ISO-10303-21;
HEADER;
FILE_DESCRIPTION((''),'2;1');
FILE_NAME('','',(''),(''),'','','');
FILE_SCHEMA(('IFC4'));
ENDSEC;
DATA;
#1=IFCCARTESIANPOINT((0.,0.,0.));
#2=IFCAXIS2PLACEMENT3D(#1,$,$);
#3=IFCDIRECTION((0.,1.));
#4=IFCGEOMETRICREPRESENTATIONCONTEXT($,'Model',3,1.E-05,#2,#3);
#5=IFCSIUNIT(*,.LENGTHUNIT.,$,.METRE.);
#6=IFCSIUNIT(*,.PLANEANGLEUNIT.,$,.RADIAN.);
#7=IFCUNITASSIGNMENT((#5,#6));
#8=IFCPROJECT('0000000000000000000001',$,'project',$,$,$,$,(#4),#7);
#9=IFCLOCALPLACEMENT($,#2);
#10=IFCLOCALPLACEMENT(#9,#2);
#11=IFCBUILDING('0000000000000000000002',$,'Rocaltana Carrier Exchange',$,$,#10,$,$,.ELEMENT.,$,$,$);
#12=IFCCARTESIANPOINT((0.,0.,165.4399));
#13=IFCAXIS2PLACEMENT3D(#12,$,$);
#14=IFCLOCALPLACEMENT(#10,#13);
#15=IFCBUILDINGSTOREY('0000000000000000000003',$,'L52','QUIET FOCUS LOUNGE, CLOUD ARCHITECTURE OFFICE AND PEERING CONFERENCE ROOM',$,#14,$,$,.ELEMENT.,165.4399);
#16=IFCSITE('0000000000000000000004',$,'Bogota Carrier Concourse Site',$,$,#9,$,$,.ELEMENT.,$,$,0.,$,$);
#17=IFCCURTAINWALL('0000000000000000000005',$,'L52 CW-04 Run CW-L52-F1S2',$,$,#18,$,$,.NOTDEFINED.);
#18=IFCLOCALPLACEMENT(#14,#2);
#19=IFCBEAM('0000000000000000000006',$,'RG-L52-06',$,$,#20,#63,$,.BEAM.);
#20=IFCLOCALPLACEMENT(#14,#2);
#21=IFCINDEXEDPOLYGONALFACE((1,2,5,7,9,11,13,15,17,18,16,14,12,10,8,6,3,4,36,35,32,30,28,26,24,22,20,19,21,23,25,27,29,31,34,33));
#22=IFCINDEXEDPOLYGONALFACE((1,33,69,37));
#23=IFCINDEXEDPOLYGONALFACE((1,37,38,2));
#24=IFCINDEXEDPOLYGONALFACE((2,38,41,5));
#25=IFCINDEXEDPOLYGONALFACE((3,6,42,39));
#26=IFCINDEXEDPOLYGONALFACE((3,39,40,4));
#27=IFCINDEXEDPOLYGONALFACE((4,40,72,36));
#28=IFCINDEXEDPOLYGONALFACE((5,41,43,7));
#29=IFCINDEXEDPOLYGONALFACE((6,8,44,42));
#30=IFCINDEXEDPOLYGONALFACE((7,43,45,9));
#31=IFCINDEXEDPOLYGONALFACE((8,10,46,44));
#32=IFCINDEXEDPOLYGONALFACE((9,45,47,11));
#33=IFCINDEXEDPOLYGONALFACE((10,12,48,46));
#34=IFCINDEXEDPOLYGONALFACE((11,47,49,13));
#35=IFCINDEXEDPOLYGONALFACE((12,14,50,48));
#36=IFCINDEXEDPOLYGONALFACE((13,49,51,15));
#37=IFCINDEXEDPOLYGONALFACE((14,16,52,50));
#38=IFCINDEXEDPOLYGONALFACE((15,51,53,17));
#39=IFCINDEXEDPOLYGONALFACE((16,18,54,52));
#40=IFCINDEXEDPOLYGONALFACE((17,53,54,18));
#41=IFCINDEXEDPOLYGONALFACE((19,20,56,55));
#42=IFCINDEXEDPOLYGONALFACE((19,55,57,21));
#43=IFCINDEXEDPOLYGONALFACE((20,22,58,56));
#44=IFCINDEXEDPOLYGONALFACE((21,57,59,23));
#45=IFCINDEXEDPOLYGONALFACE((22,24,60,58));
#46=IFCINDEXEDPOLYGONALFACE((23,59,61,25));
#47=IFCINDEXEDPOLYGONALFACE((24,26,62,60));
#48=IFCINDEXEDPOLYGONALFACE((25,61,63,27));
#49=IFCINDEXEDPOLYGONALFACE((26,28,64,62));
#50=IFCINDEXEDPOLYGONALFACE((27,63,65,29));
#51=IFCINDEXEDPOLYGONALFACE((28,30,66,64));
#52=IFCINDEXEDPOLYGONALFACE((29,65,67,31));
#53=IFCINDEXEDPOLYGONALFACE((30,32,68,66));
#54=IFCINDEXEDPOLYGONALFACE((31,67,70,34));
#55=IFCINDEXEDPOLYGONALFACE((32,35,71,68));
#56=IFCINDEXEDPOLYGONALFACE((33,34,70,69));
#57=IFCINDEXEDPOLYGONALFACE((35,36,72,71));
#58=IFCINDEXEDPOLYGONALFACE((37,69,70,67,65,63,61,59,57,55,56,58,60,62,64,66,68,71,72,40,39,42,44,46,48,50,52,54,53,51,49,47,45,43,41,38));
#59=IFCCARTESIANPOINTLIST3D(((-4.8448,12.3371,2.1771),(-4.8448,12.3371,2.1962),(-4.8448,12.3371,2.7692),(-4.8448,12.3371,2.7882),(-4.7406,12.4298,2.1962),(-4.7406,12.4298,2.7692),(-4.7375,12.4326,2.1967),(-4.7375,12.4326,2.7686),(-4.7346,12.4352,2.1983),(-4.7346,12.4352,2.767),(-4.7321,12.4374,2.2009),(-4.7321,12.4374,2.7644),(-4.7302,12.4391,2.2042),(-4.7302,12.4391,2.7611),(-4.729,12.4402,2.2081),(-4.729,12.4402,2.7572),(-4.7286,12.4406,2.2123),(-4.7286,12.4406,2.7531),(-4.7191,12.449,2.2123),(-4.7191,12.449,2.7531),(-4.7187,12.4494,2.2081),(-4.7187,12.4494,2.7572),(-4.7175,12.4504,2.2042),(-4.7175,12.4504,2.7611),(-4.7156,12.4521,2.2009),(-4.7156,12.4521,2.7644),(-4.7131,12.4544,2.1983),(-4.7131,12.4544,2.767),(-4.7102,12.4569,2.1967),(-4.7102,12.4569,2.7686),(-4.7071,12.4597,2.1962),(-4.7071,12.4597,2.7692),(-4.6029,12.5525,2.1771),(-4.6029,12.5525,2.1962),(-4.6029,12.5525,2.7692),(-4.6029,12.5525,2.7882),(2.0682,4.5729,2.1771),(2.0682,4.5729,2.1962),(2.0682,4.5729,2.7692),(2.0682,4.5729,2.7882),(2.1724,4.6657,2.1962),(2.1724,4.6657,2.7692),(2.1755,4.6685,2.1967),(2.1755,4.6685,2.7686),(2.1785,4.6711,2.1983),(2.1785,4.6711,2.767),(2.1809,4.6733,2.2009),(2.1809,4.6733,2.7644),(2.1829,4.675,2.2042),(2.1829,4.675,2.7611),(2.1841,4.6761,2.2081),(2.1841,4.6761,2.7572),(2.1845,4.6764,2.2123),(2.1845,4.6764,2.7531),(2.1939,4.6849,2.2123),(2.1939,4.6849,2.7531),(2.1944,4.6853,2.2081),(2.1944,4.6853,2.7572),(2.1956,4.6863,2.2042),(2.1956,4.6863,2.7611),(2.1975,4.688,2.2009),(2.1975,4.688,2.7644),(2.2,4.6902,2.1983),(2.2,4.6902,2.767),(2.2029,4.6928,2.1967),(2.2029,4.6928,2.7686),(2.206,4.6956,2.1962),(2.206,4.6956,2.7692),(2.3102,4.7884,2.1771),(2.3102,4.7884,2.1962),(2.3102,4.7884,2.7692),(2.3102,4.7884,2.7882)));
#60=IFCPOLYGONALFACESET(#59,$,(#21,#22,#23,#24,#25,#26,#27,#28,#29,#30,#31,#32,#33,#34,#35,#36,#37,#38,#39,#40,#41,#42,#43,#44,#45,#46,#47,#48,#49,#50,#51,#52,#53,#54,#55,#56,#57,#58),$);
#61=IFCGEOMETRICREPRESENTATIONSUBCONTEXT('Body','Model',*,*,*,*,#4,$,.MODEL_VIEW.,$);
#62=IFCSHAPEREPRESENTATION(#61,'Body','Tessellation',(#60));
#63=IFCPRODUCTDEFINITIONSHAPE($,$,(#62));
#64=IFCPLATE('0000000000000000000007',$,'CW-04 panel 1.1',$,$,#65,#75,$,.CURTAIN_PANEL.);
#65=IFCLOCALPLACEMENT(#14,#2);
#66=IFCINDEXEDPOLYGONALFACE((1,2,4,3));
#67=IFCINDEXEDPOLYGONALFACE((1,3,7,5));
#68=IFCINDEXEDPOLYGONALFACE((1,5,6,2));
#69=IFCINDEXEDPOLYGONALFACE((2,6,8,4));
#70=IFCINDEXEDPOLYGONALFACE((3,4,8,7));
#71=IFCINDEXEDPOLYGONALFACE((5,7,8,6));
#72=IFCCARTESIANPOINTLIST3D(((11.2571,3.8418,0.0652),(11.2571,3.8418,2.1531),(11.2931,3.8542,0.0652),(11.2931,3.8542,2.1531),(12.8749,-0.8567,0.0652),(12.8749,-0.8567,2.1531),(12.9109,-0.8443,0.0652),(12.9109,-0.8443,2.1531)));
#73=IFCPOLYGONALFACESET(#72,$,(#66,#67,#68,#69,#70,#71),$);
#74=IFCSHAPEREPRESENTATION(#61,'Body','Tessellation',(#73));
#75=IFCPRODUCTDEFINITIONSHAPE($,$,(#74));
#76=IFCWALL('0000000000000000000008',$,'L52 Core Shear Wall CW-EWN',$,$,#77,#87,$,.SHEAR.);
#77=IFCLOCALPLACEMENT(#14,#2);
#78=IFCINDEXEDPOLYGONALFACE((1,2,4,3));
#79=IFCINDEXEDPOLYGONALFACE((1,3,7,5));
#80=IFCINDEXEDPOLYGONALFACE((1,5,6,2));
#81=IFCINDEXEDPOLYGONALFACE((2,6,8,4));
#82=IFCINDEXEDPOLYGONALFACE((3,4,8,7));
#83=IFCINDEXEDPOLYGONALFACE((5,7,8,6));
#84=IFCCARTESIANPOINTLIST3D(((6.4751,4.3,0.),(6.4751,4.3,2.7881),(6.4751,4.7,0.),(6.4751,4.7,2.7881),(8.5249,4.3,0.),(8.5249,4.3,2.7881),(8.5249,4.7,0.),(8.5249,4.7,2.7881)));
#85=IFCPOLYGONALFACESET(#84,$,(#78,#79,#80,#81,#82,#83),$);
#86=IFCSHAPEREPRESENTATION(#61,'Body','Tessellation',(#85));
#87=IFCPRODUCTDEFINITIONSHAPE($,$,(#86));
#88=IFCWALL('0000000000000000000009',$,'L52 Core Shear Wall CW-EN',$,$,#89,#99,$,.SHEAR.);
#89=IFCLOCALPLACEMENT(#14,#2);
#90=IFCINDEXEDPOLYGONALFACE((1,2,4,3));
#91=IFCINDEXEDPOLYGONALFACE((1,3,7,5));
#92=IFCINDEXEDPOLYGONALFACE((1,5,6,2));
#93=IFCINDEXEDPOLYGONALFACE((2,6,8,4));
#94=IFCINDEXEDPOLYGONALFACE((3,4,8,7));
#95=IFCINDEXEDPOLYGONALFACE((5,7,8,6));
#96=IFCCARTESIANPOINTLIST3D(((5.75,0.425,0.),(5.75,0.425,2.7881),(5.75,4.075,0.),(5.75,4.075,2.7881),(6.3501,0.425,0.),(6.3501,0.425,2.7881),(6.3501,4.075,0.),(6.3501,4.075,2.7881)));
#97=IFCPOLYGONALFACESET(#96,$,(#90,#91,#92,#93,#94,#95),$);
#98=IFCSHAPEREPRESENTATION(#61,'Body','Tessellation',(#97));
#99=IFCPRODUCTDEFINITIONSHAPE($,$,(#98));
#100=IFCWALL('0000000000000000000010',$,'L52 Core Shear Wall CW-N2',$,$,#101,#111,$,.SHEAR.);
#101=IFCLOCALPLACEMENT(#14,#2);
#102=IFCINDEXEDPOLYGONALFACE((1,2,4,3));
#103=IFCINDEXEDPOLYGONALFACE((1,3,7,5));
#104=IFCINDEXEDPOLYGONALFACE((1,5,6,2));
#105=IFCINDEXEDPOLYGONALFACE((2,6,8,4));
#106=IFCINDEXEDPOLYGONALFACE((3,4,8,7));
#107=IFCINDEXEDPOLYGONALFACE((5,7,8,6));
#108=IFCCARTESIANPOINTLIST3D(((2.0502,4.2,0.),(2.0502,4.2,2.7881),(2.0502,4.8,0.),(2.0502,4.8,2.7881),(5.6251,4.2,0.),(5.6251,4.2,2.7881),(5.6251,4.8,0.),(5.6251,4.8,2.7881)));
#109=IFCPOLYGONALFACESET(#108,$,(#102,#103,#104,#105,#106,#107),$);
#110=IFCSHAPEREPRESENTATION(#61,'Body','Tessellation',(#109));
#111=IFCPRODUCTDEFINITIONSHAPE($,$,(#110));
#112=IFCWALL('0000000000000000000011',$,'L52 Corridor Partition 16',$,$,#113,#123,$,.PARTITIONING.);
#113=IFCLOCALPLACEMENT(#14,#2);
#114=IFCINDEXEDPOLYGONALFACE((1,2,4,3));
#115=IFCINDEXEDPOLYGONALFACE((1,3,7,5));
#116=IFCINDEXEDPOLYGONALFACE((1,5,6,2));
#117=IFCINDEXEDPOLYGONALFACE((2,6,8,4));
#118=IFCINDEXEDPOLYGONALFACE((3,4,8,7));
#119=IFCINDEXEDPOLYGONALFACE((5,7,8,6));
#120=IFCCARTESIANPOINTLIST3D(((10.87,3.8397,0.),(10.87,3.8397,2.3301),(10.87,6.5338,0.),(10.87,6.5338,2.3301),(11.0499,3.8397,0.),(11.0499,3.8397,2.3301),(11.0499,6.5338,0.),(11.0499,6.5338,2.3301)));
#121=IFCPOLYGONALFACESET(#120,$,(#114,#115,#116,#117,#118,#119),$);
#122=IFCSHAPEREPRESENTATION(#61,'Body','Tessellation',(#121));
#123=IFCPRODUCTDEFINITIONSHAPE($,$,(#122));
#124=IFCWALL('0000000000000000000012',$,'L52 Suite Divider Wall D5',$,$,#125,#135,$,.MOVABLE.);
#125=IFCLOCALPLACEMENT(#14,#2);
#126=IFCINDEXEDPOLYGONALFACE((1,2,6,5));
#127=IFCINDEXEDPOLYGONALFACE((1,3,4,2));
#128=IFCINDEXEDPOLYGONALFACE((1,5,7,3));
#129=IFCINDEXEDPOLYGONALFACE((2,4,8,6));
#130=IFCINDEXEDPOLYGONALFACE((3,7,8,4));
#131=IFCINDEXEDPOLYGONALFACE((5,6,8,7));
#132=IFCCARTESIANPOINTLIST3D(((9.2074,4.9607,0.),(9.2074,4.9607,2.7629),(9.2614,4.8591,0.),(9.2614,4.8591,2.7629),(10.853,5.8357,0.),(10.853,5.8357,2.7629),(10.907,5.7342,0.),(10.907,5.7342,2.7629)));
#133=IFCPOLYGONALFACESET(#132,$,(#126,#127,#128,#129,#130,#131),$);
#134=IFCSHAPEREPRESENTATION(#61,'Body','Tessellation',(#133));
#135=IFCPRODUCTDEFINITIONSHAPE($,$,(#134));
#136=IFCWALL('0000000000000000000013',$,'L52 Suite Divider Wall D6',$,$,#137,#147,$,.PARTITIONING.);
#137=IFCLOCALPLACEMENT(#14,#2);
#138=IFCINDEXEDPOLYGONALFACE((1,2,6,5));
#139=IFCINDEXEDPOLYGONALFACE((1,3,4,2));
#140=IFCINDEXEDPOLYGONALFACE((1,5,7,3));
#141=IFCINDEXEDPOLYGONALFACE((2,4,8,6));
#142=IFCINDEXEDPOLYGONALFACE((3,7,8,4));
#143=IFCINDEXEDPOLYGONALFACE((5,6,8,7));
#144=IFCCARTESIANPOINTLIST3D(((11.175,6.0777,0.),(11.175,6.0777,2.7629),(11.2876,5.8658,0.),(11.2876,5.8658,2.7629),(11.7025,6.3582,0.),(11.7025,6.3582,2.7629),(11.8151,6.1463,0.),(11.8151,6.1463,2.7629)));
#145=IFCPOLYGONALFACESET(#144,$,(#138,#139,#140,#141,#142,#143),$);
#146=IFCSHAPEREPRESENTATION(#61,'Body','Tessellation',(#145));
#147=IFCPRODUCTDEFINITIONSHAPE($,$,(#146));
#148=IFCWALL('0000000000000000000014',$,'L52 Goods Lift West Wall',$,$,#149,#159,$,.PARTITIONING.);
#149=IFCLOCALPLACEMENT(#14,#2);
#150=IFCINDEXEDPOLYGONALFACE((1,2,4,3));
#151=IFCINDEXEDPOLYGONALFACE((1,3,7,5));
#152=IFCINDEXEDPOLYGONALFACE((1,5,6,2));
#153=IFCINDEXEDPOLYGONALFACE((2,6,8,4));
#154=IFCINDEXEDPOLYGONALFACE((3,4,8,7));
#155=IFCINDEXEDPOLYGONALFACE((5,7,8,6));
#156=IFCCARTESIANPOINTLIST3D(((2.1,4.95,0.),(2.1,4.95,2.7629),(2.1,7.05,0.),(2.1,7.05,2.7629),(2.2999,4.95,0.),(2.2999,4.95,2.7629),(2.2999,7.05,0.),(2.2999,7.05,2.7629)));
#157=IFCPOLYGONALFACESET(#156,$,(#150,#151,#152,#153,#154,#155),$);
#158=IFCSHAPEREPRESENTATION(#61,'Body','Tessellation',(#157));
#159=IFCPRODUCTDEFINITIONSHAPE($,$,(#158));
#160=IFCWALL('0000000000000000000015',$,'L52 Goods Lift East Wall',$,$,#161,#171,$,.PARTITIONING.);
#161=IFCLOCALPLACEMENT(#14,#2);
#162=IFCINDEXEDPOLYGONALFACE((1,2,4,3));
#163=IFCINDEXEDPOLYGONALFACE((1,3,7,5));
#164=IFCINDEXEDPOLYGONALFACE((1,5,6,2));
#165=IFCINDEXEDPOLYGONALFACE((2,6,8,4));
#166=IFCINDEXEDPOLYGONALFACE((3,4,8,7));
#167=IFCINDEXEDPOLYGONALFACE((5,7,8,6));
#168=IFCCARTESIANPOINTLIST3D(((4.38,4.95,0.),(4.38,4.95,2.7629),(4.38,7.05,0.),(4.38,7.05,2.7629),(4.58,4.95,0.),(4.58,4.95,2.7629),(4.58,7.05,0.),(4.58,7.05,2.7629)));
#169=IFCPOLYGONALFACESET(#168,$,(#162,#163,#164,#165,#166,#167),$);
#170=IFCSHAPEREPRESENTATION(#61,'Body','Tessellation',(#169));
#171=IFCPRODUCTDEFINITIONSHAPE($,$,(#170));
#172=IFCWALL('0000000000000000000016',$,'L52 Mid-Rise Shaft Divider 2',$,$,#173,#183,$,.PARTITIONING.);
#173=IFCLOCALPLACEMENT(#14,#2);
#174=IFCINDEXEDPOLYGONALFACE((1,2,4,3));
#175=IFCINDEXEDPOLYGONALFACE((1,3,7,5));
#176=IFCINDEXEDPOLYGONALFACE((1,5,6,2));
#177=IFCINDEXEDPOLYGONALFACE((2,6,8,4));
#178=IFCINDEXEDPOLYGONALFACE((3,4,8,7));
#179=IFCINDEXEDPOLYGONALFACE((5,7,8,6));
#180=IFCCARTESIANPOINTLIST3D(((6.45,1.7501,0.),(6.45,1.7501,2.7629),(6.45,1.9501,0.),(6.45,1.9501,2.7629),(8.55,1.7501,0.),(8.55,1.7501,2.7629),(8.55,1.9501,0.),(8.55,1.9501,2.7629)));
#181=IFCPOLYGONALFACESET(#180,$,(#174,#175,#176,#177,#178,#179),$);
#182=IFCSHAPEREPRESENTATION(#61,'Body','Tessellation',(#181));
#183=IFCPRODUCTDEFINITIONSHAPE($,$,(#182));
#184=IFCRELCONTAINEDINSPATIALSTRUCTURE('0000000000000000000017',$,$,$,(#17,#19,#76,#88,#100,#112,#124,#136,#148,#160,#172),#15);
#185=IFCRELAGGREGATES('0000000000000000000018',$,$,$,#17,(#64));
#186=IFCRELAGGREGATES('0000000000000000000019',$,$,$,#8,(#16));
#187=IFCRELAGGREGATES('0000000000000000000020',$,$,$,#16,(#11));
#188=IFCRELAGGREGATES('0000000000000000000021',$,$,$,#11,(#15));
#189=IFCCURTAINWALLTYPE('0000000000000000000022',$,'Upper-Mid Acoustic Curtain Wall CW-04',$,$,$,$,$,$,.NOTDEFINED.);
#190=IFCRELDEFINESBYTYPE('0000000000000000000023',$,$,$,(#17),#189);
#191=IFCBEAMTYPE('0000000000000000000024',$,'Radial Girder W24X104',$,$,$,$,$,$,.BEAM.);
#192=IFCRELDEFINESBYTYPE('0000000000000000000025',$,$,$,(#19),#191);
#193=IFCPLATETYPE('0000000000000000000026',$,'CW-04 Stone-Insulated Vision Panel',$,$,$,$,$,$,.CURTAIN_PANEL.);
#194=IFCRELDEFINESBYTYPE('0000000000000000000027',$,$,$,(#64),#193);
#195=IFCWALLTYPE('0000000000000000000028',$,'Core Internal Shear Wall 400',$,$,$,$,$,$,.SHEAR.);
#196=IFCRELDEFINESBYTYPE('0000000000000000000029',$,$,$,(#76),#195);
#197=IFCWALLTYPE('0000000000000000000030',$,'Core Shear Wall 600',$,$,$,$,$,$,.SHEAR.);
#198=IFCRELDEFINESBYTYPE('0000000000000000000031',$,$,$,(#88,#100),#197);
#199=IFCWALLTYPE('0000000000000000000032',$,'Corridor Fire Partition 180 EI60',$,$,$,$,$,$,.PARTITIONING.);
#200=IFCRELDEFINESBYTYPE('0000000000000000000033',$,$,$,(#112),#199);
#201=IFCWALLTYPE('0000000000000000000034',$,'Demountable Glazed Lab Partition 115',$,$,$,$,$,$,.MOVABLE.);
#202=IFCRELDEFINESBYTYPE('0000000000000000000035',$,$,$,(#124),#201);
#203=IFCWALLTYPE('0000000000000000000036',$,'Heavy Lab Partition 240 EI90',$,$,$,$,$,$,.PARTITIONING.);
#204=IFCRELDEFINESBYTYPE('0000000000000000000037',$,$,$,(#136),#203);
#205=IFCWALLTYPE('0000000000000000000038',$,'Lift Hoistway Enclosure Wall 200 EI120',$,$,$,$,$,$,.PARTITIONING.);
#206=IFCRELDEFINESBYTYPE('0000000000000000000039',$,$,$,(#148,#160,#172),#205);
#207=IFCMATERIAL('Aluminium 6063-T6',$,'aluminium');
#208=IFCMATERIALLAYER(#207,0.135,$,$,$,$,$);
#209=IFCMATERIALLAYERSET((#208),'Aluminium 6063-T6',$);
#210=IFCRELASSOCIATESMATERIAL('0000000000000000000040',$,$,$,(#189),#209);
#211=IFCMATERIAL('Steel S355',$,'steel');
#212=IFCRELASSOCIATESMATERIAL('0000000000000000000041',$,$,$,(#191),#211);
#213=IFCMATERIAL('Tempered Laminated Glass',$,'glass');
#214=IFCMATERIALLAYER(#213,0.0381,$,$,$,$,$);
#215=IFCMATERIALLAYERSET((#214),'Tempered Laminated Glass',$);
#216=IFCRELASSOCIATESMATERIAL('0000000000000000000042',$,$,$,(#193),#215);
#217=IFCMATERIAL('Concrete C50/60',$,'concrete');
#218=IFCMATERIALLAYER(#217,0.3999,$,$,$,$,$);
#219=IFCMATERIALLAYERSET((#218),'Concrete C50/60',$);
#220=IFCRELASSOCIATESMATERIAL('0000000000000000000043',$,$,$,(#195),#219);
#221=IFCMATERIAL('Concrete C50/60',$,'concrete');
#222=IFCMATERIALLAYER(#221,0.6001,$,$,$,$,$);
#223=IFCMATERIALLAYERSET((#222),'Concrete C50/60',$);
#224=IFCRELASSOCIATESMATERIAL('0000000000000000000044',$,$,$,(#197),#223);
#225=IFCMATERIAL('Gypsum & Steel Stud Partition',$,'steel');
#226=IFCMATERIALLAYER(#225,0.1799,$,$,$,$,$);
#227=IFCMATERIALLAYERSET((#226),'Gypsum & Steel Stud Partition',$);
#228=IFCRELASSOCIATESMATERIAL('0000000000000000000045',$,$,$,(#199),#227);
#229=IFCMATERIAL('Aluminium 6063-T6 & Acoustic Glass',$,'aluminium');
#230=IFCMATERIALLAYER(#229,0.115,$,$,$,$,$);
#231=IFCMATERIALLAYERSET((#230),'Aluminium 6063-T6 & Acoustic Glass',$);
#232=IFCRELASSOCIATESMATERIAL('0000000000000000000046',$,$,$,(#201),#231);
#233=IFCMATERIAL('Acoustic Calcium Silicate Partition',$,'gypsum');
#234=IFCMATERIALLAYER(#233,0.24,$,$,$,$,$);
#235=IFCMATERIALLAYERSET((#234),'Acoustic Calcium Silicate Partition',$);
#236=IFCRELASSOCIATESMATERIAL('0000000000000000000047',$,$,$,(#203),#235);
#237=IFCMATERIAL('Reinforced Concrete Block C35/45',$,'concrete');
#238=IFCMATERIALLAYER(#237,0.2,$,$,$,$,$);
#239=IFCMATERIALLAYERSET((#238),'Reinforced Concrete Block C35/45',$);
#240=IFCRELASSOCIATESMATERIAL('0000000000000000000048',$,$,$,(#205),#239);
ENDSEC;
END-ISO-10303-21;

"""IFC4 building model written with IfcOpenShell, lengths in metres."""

from ifc_helpers import new_model, si_unit, direction, frame, frame_2d, origin, origin_2d, place, context, subcontext, project, spatial, rectangle, i_section, extrude, material, layer, layer_set, material_profile, profile_set, type_object, element, aggregate, save


model = new_model("IFC4")

# Units and contexts
model_context = context("Model", 3, precision=1e-05, world=origin(), true_north=direction((0.0, 1.0)))
body_context = subcontext(model_context, "Body", "Model", "MODEL_VIEW")
ifc_project = project(units=[si_unit("LENGTHUNIT", "METRE"), si_unit("PLANEANGLEUNIT", "RADIAN")], contexts=[model_context])

# Site, building, storey
site_placement = place(None, origin())
site = spatial("IfcSite", under=ifc_project, at=site_placement, Name="Bogota Carrier Concourse Site", CompositionType="ELEMENT", RefElevation=0.0)
building_placement = place(site_placement, origin())
building = spatial("IfcBuilding", under=site, at=building_placement, Name="Rocaltana Carrier Exchange", CompositionType="ELEMENT")
storey_placement = place(building_placement, frame((0.0, 0.0, 165.4399)))
storey = spatial("IfcBuildingStorey", under=building, at=storey_placement, Name="L52", Description="QUIET FOCUS LOUNGE, CLOUD ARCHITECTURE OFFICE AND PEERING CONFERENCE ROOM", CompositionType="ELEMENT", Elevation=165.4399)

# Curtain wall
ifc_material_1 = material(Name="Aluminium 6063-T6", Category="aluminium")
ifc_layer_1 = layer(ifc_material_1, 0.135)
ifc_layer_set_1 = layer_set([ifc_layer_1], Name="Aluminium 6063-T6")
curtain_wall_type = type_object("IfcCurtainWallType", Name="Upper-Mid Acoustic Curtain Wall CW-04", PredefinedType="NOTDEFINED", material=ifc_layer_set_1)
curtain_wall_placement = place(storey_placement, origin())
curtain_wall = element("IfcCurtainWall", 1, at=curtain_wall_placement, inside=storey, type_object=curtain_wall_type, Name="L52 CW-04 Run CW-L52-F1S2", PredefinedType="NOTDEFINED")

# Beam
ifc_material_2 = material(Name="Steel S355", Category="steel")
ifc_material_profile_1 = material_profile(ifc_material_2, i_section(OverallWidth=0.324, OverallDepth=0.6111, WebThickness=0.0127, FlangeThickness=0.019, FilletRadius=0.0161, at=origin_2d()), Name="W24X104")
ifc_profile_set_1 = profile_set([ifc_material_profile_1], Name="Steel S355")
beam_type_1 = type_object("IfcBeamType", Name="Radial Girder W24X104", PredefinedType="BEAM", material=ifc_profile_set_1)
beam_1_placement = place(storey_placement, frame((2.1892, 4.6807, 2.4827), z_axis=(-0.664987, 0.746854, 0.0), x_axis=(-0.746854, -0.664987, 0.0)))
element("IfcBeam", 2, at=beam_1_placement, inside=storey, type_object=beam_type_1, Name="RG-L52-06", PredefinedType="BEAM", context=body_context, shape_type="SweptSolid", body=[
    extrude(i_section(OverallWidth=0.324, OverallDepth=0.6111, WebThickness=0.0127, FlangeThickness=0.019, FilletRadius=0.0161, at=origin_2d()), origin(), (0.0, 0.0, 1.0), 10.3958),
])

# Plate
ifc_material_3 = material(Name="Tempered Laminated Glass", Category="glass")
ifc_layer_2 = layer(ifc_material_3, 0.0381)
ifc_layer_set_2 = layer_set([ifc_layer_2], Name="Tempered Laminated Glass")
plate_type = type_object("IfcPlateType", Name="CW-04 Stone-Insulated Vision Panel", PredefinedType="CURTAIN_PANEL", material=ifc_layer_set_2)
plate_placement = place(storey_placement, frame((12.084, 1.4988, 0.0652), z_axis=(0.0, 0.0, 1.0), x_axis=(-0.325562, 0.945521, 0.0)))
plate = element("IfcPlate", 3, at=plate_placement, type_object=plate_type, Name="CW-04 panel 1.1", PredefinedType="CURTAIN_PANEL", context=body_context, shape_type="SweptSolid", body=[
    extrude(rectangle(XDim=4.9692, YDim=0.0381, at=origin_2d()), origin(), (0.0, 0.0, 1.0), 2.0879),
])
aggregate(curtain_wall, [plate])

# Walls
ifc_material_4 = material(Name="Concrete C50/60", Category="concrete")
ifc_layer_3 = layer(ifc_material_4, 0.3999)
ifc_layer_set_3 = layer_set([ifc_layer_3], Name="Concrete C50/60")
wall_type_1 = type_object("IfcWallType", Name="Core Internal Shear Wall 400", PredefinedType="SHEAR", material=ifc_layer_set_3)
wall_1_placement = place(storey_placement, frame((6.4751, 4.5, 0.0), z_axis=(0.0, 0.0, 1.0), x_axis=(1.0, 0.0, 0.0)))
element("IfcWall", 4, at=wall_1_placement, inside=storey, type_object=wall_type_1, Name="L52 Core Shear Wall CW-EWN", PredefinedType="SHEAR", context=body_context, shape_type="SweptSolid", body=[
    extrude(rectangle(XDim=2.0498, YDim=0.3999, at=frame_2d((1.0249, 0.0))), origin(), (0.0, 0.0, 1.0), 2.7881),
])
ifc_material_5 = material(Name="Concrete C50/60", Category="concrete")
ifc_layer_4 = layer(ifc_material_5, 0.6001)
ifc_layer_set_4 = layer_set([ifc_layer_4], Name="Concrete C50/60")
wall_type_2 = type_object("IfcWallType", Name="Core Shear Wall 600", PredefinedType="SHEAR", material=ifc_layer_set_4)
wall_2_placement = place(storey_placement, frame((6.05, 0.425, 0.0), z_axis=(0.0, 0.0, 1.0), x_axis=(0.0, 1.0, 0.0)))
element("IfcWall", 5, at=wall_2_placement, inside=storey, type_object=wall_type_2, Name="L52 Core Shear Wall CW-EN", PredefinedType="SHEAR", context=body_context, shape_type="SweptSolid", body=[
    extrude(rectangle(XDim=3.6499, YDim=0.6001, at=frame_2d((1.825, 0.0))), origin(), (0.0, 0.0, 1.0), 2.7881),
])
wall_3_placement = place(storey_placement, frame((2.05, 4.5, 0.0), z_axis=(0.0, 0.0, 1.0), x_axis=(1.0, 0.0, 0.0)))
element("IfcWall", 6, at=wall_3_placement, inside=storey, type_object=wall_type_2, Name="L52 Core Shear Wall CW-N2", PredefinedType="SHEAR", context=body_context, shape_type="SweptSolid", body=[
    extrude(rectangle(XDim=3.575, YDim=0.6001, at=frame_2d((1.7876, 0.0))), origin(), (0.0, 0.0, 1.0), 2.7881),
])
ifc_material_6 = material(Name="Gypsum & Steel Stud Partition", Category="steel")
ifc_layer_5 = layer(ifc_material_6, 0.1799)
ifc_layer_set_5 = layer_set([ifc_layer_5], Name="Gypsum & Steel Stud Partition")
wall_type_3 = type_object("IfcWallType", Name="Corridor Fire Partition 180 EI60", PredefinedType="PARTITIONING", material=ifc_layer_set_5)
wall_4_placement = place(storey_placement, frame((10.96, 3.8396, 0.0), z_axis=(0.0, 0.0, 1.0), x_axis=(0.0, 1.0, 0.0)))
element("IfcWall", 7, at=wall_4_placement, inside=storey, type_object=wall_type_3, Name="L52 Corridor Partition 16", PredefinedType="PARTITIONING", context=body_context, shape_type="SweptSolid", body=[
    extrude(rectangle(XDim=2.6941, YDim=0.1799, at=frame_2d((1.3472, 0.0))), origin(), (0.0, 0.0, 1.0), 2.3301),
])
ifc_material_7 = material(Name="Aluminium 6063-T6 & Acoustic Glass", Category="aluminium")
ifc_layer_6 = layer(ifc_material_7, 0.115)
ifc_layer_set_6 = layer_set([ifc_layer_6], Name="Aluminium 6063-T6 & Acoustic Glass")
wall_type_4 = type_object("IfcWallType", Name="Demountable Glazed Lab Partition 115", PredefinedType="MOVABLE", material=ifc_layer_set_6)
wall_5_placement = place(storey_placement, frame((9.2344, 4.9099, 0.0), z_axis=(0.0, 0.0, 1.0), x_axis=(0.882932, 0.4695, 0.0)))
element("IfcWall", 8, at=wall_5_placement, inside=storey, type_object=wall_type_4, Name="L52 Suite Divider Wall D5", PredefinedType="MOVABLE", context=body_context, shape_type="SweptSolid", body=[
    extrude(rectangle(XDim=1.8638, YDim=0.115, at=frame_2d((0.9319, 0.0))), origin(), (0.0, 0.0, 1.0), 2.7629),
])
ifc_material_8 = material(Name="Acoustic Calcium Silicate Partition", Category="gypsum")
ifc_layer_7 = layer(ifc_material_8, 0.24)
ifc_layer_set_7 = layer_set([ifc_layer_7], Name="Acoustic Calcium Silicate Partition")
wall_type_5 = type_object("IfcWallType", Name="Heavy Lab Partition 240 EI90", PredefinedType="PARTITIONING", material=ifc_layer_set_7)
wall_6_placement = place(storey_placement, frame((11.2312, 5.9717, 0.0), z_axis=(0.0, 0.0, 1.0), x_axis=(0.882952, 0.469464, 0.0)))
element("IfcWall", 9, at=wall_6_placement, inside=storey, type_object=wall_type_5, Name="L52 Suite Divider Wall D6", PredefinedType="PARTITIONING", context=body_context, shape_type="SweptSolid", body=[
    extrude(rectangle(XDim=0.5974, YDim=0.24, at=frame_2d((0.2988, 0.0))), origin(), (0.0, 0.0, 1.0), 2.7629),
])
ifc_material_9 = material(Name="Reinforced Concrete Block C35/45", Category="concrete")
ifc_layer_8 = layer(ifc_material_9, 0.2)
ifc_layer_set_8 = layer_set([ifc_layer_8], Name="Reinforced Concrete Block C35/45")
wall_type_6 = type_object("IfcWallType", Name="Lift Hoistway Enclosure Wall 200 EI120", PredefinedType="PARTITIONING", material=ifc_layer_set_8)
for number, where, z_axis, x_axis, name in (
    (10, (2.2, 4.95, 0.0), (0.0, 0.0, 1.0), (0.0, 1.0, 0.0), "L52 Goods Lift West Wall"),
    (11, (4.48, 4.95, 0.0), (0.0, 0.0, 1.0), (0.0, 1.0, 0.0), "L52 Goods Lift East Wall"),
    (12, (6.45, 1.8501, 0.0), (0.0, 0.0, 1.0), (1.0, 0.0, 0.0), "L52 Mid-Rise Shaft Divider 2"),
):
    element("IfcWall", number, at=place(storey_placement, frame(where, z_axis=z_axis, x_axis=x_axis)), inside=storey, type_object=wall_type_6, Name=name, PredefinedType="PARTITIONING", context=body_context, shape_type="SweptSolid", body=[
        extrude(rectangle(XDim=2.1001, YDim=0.2, at=frame_2d((1.05, 0.0))), origin(), (0.0, 0.0, 1.0), 2.7629),
    ])

save(model, "model.ifc")
